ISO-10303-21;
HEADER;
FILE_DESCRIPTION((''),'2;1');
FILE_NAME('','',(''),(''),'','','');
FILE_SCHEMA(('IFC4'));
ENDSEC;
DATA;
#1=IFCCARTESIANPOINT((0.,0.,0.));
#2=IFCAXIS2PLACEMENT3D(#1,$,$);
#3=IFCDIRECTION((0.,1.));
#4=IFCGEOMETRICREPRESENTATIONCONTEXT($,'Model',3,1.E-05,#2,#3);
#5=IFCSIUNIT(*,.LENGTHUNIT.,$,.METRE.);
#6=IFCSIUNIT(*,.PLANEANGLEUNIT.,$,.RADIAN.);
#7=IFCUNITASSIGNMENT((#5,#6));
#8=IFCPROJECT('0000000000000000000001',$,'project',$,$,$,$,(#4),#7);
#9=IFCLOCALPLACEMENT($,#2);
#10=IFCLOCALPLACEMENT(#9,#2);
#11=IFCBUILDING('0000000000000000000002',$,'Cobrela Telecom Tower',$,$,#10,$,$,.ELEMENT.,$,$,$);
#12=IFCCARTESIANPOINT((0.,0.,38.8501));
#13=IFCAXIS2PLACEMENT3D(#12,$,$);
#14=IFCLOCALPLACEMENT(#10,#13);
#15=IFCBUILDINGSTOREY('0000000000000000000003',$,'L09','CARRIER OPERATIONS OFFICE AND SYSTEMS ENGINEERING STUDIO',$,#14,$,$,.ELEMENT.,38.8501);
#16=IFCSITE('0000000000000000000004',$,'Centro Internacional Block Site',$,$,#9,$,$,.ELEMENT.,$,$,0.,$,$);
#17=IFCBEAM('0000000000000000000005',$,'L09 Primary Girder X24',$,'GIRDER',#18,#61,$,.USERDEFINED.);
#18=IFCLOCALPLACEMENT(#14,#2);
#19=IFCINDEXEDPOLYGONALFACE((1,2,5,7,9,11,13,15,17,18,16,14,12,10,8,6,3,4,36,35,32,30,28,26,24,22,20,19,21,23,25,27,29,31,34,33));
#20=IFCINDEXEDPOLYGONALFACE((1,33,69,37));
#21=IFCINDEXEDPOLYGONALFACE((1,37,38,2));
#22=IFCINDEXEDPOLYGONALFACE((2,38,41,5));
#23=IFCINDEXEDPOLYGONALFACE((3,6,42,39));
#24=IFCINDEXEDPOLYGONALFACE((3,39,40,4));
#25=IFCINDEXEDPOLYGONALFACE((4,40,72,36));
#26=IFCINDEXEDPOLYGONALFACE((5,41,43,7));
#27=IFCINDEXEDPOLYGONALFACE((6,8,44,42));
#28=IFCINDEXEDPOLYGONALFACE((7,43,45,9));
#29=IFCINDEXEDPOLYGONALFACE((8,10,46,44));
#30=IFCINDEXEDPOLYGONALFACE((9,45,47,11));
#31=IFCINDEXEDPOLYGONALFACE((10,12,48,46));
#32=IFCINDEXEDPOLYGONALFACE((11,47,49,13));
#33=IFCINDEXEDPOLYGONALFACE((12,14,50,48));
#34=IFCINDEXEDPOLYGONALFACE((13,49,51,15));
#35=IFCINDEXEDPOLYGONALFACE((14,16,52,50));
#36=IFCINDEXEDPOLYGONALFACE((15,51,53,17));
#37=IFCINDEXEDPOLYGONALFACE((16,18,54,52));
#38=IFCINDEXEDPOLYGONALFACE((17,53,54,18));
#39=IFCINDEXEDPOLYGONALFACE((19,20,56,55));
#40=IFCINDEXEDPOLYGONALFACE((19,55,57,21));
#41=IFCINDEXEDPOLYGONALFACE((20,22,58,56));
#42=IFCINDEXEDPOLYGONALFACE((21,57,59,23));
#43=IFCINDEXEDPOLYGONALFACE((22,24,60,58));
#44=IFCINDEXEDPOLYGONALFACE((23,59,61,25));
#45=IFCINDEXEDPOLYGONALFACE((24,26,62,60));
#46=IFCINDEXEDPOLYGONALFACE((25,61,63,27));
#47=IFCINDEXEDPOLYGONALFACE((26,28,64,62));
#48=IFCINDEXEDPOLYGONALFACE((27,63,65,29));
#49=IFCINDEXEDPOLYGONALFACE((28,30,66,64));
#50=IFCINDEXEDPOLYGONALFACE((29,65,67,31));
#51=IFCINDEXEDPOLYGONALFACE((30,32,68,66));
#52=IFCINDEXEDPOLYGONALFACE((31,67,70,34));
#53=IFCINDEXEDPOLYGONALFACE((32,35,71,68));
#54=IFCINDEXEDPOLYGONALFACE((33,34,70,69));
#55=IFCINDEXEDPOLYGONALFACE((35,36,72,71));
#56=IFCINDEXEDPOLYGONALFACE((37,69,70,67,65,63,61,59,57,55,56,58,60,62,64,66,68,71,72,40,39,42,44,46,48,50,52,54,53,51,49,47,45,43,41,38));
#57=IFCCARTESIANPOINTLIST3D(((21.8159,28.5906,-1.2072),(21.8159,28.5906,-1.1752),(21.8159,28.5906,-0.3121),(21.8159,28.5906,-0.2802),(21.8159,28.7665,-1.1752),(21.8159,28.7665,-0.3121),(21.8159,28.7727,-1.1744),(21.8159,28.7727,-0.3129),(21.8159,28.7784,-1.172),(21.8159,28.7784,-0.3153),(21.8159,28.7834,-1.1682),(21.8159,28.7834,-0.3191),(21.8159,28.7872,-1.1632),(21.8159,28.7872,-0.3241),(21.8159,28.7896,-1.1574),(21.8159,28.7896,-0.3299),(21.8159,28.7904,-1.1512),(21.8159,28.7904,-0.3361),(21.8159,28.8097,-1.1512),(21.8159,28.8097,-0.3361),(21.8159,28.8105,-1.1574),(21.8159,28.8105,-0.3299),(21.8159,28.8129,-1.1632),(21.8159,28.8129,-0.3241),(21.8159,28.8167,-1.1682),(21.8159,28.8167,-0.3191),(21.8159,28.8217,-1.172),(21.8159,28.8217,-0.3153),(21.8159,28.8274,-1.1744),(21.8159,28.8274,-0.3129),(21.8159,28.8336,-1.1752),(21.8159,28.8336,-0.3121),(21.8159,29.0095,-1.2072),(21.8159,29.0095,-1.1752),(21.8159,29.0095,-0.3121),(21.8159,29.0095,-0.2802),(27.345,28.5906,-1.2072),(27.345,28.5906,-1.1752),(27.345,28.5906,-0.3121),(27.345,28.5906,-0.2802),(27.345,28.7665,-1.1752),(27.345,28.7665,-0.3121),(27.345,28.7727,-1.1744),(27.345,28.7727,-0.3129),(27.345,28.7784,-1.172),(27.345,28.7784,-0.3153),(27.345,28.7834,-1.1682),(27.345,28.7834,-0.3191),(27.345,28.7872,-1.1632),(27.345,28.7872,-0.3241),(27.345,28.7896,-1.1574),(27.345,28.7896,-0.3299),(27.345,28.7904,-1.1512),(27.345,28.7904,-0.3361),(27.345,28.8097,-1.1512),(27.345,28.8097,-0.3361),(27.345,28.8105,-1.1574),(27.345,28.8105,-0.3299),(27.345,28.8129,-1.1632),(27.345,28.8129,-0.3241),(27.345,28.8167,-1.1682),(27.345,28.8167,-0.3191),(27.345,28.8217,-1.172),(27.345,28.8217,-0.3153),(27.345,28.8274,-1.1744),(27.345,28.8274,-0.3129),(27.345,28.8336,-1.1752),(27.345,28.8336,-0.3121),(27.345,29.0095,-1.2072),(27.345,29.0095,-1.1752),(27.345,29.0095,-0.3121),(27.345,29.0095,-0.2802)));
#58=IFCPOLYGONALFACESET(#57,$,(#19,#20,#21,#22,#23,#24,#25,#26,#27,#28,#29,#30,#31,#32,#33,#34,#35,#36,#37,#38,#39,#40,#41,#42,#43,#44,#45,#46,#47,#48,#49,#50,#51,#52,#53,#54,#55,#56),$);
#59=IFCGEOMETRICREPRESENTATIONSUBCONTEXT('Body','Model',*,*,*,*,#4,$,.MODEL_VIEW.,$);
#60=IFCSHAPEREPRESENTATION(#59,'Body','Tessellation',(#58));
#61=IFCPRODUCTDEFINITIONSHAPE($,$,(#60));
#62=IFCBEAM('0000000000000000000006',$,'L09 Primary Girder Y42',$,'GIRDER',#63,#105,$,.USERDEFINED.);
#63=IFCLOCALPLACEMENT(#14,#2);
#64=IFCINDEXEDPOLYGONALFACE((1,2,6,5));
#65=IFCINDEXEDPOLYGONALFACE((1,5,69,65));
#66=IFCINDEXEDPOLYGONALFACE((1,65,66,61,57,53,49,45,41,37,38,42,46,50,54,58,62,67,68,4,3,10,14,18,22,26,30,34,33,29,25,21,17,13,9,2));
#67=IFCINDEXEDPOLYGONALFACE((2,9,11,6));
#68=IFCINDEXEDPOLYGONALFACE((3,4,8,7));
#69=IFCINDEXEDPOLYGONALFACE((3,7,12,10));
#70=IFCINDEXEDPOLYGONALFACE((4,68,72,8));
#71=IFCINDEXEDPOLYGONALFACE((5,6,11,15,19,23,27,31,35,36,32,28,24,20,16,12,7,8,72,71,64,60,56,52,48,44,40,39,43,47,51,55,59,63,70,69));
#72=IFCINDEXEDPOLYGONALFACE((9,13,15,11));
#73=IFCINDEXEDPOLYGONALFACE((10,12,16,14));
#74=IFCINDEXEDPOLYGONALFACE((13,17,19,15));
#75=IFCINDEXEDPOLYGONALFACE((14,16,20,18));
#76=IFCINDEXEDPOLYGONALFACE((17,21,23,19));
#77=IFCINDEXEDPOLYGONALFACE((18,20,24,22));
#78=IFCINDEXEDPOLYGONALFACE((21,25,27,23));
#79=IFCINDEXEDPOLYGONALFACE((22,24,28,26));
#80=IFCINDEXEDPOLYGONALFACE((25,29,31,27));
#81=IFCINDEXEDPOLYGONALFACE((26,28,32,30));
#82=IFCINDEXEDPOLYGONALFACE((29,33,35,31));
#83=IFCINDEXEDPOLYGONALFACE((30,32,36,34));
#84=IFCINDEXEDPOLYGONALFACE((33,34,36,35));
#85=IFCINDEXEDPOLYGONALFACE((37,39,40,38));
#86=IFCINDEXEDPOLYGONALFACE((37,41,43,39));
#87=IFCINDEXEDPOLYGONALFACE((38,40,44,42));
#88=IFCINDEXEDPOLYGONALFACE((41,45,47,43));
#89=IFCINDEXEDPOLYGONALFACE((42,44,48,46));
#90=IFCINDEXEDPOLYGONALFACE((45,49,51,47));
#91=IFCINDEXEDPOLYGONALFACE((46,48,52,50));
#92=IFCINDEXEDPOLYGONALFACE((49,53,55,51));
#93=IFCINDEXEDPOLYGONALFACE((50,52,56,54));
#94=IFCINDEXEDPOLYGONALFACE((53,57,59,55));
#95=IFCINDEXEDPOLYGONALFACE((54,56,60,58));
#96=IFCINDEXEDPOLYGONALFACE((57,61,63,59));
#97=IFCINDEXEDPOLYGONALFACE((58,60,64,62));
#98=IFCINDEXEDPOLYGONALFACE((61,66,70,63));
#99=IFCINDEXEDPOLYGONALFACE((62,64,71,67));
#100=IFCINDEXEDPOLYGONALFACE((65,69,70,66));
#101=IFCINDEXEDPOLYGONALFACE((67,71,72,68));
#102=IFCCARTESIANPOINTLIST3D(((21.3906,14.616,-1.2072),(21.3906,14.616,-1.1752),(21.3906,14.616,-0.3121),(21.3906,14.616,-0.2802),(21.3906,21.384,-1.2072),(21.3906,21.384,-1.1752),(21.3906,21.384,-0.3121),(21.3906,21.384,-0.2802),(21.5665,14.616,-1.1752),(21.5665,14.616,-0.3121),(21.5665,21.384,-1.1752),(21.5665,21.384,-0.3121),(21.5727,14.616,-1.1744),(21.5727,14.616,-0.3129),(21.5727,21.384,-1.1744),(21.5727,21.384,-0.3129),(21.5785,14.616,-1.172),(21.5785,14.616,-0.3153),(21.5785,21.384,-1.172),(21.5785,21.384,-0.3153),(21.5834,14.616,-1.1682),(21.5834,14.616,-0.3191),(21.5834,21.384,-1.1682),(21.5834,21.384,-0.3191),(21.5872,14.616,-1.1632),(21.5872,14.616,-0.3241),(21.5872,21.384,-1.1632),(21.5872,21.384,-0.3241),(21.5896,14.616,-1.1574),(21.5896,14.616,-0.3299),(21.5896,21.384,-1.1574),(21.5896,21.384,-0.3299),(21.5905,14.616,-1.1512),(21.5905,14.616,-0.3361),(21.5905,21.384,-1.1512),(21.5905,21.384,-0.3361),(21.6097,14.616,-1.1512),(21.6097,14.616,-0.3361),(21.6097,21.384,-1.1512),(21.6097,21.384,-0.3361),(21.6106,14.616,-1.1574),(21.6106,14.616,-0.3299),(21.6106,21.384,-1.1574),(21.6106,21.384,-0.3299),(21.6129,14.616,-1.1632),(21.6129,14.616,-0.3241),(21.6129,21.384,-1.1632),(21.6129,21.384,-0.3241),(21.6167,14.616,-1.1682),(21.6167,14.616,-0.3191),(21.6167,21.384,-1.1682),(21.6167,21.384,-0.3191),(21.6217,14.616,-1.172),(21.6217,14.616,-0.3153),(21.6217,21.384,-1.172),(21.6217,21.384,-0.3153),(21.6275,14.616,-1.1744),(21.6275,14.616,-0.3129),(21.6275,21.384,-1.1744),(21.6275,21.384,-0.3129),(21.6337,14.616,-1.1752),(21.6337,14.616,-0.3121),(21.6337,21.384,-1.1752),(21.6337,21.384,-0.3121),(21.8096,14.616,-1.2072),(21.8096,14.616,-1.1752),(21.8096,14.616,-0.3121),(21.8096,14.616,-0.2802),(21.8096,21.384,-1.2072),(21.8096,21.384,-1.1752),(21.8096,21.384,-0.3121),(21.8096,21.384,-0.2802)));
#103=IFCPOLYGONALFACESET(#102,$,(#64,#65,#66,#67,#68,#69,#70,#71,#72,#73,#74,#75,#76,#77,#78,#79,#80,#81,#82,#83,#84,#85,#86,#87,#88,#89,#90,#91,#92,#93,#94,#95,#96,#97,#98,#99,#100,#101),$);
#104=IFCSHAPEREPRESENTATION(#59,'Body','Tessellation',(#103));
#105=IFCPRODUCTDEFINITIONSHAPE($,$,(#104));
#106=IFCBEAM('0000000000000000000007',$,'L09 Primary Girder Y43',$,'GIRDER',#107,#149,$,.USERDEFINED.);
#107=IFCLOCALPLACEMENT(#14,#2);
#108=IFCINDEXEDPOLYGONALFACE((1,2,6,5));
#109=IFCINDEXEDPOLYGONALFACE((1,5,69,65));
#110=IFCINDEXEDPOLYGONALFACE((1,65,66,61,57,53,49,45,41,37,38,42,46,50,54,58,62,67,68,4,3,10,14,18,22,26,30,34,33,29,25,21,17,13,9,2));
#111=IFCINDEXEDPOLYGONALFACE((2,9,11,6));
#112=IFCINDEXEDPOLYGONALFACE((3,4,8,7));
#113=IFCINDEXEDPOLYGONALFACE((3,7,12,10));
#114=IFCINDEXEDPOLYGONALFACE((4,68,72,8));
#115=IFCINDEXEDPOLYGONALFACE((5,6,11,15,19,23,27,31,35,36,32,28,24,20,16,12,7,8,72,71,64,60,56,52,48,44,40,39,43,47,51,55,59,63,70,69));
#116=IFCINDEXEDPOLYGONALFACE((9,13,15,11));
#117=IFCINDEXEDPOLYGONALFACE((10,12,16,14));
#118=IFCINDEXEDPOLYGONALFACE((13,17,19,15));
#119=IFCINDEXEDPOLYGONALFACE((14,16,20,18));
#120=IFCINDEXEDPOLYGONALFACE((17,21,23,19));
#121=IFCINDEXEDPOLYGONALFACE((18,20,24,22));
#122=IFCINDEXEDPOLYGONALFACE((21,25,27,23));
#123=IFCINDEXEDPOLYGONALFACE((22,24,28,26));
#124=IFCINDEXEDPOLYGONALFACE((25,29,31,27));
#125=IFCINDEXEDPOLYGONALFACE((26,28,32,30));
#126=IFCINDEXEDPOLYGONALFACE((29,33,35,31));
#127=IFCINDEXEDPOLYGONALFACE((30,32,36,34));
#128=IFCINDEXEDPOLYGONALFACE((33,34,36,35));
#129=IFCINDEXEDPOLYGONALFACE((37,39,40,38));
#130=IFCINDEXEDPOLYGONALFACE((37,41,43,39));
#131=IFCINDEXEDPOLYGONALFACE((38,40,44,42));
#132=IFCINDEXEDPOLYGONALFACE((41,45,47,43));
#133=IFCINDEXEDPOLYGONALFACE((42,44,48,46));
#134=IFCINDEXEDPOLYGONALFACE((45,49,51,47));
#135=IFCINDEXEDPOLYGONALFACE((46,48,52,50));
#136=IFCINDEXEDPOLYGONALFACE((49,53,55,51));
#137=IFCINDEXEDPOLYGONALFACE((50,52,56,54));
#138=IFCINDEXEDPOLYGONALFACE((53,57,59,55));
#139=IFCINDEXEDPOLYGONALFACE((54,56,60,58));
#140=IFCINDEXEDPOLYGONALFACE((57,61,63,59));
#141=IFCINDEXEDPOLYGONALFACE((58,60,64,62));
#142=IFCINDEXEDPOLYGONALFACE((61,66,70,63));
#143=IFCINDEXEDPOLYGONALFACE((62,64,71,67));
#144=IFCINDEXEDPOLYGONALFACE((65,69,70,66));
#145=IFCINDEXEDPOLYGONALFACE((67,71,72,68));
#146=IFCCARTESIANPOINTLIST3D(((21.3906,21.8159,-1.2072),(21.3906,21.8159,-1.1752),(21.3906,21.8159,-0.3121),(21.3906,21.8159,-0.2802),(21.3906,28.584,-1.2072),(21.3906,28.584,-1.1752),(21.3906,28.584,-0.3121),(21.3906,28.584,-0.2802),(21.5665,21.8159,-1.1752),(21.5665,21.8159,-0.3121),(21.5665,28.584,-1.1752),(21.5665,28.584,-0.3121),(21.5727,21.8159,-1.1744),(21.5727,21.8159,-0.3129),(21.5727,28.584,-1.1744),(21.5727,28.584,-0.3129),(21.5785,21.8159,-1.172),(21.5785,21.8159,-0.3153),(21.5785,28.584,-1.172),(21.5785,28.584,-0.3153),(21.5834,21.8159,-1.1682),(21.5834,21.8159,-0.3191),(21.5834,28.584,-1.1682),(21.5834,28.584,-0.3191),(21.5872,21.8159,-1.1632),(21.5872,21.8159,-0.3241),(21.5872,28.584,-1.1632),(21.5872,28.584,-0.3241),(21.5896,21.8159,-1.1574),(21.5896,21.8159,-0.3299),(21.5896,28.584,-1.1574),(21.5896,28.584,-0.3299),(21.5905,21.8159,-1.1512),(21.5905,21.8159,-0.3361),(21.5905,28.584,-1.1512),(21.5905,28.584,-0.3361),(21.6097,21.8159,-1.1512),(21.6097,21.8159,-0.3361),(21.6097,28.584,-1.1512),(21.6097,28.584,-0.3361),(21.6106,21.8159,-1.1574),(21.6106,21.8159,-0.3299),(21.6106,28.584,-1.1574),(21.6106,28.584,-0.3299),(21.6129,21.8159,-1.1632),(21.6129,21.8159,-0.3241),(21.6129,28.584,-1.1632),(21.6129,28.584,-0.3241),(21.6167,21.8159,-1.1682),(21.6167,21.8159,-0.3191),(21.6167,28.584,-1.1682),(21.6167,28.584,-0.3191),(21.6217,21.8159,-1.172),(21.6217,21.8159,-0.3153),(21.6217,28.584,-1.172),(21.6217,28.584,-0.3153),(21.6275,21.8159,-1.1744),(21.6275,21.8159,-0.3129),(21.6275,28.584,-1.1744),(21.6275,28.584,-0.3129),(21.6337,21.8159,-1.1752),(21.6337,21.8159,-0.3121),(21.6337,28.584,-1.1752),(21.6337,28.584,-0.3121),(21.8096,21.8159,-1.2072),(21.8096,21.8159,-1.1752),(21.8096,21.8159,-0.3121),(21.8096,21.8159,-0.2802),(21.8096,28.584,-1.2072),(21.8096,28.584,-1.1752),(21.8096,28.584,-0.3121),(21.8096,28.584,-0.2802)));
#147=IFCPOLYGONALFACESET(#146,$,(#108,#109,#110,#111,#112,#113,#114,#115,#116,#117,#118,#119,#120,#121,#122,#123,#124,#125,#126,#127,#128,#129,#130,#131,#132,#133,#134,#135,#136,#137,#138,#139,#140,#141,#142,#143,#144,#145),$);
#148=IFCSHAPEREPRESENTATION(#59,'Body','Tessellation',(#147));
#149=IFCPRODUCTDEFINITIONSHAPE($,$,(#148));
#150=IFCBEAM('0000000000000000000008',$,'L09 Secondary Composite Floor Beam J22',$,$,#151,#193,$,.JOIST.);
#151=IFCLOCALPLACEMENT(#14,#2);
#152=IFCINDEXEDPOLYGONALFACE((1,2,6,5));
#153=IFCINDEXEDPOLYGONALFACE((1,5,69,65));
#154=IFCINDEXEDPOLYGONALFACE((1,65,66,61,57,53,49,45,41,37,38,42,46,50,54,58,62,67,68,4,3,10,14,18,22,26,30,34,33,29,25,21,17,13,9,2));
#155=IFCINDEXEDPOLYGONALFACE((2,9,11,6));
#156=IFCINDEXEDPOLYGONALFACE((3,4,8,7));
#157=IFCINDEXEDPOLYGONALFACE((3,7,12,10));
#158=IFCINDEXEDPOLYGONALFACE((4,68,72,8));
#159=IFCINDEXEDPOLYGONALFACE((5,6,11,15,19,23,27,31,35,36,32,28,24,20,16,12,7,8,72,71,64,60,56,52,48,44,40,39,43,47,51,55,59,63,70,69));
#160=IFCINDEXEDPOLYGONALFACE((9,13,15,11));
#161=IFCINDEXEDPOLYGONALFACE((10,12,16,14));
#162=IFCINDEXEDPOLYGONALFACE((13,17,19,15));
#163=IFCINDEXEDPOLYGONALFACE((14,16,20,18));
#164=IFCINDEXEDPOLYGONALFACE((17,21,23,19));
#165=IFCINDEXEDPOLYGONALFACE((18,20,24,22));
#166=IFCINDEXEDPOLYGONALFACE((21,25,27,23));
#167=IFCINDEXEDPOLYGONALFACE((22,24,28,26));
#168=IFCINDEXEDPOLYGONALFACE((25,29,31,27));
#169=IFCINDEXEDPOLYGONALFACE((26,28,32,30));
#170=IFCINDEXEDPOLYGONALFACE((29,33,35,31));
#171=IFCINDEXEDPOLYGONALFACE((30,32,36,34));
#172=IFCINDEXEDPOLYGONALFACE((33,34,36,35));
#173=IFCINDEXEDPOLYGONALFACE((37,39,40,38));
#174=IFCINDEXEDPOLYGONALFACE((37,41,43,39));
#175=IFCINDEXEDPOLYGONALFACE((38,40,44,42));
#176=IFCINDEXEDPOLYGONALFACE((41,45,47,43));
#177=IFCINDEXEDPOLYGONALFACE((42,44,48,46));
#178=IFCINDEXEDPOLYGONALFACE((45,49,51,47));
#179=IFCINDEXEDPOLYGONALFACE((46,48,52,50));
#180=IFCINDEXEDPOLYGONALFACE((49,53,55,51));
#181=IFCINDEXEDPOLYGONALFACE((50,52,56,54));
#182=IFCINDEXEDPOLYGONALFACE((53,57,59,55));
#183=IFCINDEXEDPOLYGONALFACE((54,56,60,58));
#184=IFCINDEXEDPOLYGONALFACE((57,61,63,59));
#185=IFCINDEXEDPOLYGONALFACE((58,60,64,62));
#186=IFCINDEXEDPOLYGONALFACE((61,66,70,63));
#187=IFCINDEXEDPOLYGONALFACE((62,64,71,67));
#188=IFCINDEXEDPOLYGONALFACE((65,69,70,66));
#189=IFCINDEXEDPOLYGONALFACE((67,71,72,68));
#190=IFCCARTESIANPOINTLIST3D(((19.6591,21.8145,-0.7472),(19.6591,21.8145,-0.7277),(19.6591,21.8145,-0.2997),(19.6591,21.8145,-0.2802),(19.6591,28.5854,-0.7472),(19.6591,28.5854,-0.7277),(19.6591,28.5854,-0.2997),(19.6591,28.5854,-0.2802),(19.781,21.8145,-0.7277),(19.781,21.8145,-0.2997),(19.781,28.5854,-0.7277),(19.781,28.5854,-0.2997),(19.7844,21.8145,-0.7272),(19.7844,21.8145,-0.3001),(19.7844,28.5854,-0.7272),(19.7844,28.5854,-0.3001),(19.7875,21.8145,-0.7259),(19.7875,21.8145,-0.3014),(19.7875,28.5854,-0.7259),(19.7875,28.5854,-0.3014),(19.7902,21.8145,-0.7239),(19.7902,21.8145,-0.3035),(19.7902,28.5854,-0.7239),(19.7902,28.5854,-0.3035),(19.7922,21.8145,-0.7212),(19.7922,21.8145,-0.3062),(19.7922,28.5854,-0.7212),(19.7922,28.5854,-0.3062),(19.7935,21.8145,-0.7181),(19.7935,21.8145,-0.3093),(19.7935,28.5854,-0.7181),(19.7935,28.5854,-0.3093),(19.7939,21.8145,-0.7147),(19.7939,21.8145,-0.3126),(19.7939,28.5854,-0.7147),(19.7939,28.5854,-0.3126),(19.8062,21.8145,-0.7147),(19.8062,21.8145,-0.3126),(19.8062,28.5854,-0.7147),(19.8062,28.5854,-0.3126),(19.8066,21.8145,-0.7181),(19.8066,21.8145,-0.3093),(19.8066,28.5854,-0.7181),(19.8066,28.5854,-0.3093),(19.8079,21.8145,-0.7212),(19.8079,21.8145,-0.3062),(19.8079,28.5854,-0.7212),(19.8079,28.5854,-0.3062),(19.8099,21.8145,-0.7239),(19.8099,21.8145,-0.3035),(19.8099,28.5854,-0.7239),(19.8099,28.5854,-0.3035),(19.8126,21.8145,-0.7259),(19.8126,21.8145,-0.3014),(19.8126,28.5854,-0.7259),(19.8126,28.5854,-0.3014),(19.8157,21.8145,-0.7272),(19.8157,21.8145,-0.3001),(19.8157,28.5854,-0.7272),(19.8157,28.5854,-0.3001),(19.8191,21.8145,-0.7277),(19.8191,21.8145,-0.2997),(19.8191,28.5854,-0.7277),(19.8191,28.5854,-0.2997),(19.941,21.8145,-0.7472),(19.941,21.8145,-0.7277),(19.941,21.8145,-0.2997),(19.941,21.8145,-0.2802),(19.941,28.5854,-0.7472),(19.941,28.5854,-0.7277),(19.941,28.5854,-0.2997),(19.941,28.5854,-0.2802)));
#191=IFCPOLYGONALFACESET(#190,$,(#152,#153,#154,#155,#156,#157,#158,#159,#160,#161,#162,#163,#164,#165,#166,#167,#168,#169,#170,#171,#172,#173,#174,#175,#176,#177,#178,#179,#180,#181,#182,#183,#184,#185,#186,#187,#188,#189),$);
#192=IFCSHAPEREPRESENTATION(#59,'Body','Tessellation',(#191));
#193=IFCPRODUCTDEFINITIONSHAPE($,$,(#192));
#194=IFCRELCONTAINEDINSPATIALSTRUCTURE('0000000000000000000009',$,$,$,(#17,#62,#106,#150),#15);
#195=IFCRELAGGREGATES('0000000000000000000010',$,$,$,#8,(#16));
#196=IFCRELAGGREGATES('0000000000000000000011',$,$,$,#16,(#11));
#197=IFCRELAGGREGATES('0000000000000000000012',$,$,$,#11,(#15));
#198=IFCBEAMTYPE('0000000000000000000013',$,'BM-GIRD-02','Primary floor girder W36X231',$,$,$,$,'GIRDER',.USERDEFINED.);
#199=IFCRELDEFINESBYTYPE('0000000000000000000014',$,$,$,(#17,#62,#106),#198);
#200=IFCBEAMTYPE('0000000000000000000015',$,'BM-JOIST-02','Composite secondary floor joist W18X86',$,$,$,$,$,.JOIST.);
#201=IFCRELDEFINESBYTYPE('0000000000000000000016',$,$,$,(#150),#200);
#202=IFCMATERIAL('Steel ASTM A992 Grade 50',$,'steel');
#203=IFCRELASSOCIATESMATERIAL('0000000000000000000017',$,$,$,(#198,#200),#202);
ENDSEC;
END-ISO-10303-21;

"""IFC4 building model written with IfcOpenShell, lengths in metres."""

from ifc_helpers import new_model, si_unit, direction, frame, origin, origin_2d, place, context, subcontext, project, spatial, i_section, extrude, material, material_profile, profile_set, type_object, element, save


model = new_model("IFC4")

# Units and contexts
model_context = context("Model", 3, precision=1e-05, world=origin(), true_north=direction((0.0, 1.0)))
body_context = subcontext(model_context, "Body", "Model", "MODEL_VIEW")
ifc_project = project(units=[si_unit("LENGTHUNIT", "METRE"), si_unit("PLANEANGLEUNIT", "RADIAN")], contexts=[model_context])

# Site, building, storey
site_placement = place(None, origin())
site = spatial("IfcSite", under=ifc_project, at=site_placement, Name="Centro Internacional Block Site", CompositionType="ELEMENT", RefElevation=0.0)
building_placement = place(site_placement, origin())
building = spatial("IfcBuilding", under=site, at=building_placement, Name="Cobrela Telecom Tower", CompositionType="ELEMENT")
storey_placement = place(building_placement, frame((0.0, 0.0, 38.8501)))
storey = spatial("IfcBuildingStorey", under=building, at=storey_placement, Name="L09", Description="CARRIER OPERATIONS OFFICE AND SYSTEMS ENGINEERING STUDIO", CompositionType="ELEMENT", Elevation=38.8501)

# Shared definitions
ifc_material_1 = material(Name="Steel ASTM A992 Grade 50", Category="steel")

# Beams
ifc_material_profile_1 = material_profile(ifc_material_1, i_section(OverallWidth=0.4189, OverallDepth=0.927, WebThickness=0.0193, FlangeThickness=0.032, FilletRadius=0.0239, at=origin_2d()), Name="W36X231")
ifc_profile_set_1 = profile_set([ifc_material_profile_1], Name="Steel ASTM A992 Grade 50")
beam_type_1 = type_object("IfcBeamType", Name="BM-GIRD-02", Description="Primary floor girder W36X231", ElementType="GIRDER", PredefinedType="USERDEFINED", material=ifc_profile_set_1)
beam_1_placement = place(storey_placement, frame((21.8159, 28.8, -0.7437), z_axis=(1.0, 0.0, 0.0), x_axis=(0.0, 1.0, 0.0)))
element("IfcBeam", 1, at=beam_1_placement, inside=storey, type_object=beam_type_1, Name="L09 Primary Girder X24", ObjectType="GIRDER", PredefinedType="USERDEFINED", context=body_context, shape_type="SweptSolid", body=[
    extrude(i_section(OverallWidth=0.4189, OverallDepth=0.927, WebThickness=0.0193, FlangeThickness=0.032, FilletRadius=0.0239, at=origin_2d()), origin(), (0.0, 0.0, 1.0), 5.5291),
])
for number, where, z_axis, x_axis, name in (
    (2, (21.6001, 14.616, -0.7437), (0.0, 1.0, 0.0), (-1.0, 0.0, 0.0), "L09 Primary Girder Y42"),
    (3, (21.6001, 21.8159, -0.7437), (0.0, 1.0, 0.0), (-1.0, 0.0, 0.0), "L09 Primary Girder Y43"),
):
    element("IfcBeam", number, at=place(storey_placement, frame(where, z_axis=z_axis, x_axis=x_axis)), inside=storey, type_object=beam_type_1, Name=name, ObjectType="GIRDER", PredefinedType="USERDEFINED", context=body_context, shape_type="SweptSolid", body=[
        extrude(i_section(OverallWidth=0.4189, OverallDepth=0.927, WebThickness=0.0193, FlangeThickness=0.032, FilletRadius=0.0239, at=origin_2d()), origin(), (0.0, 0.0, 1.0), 6.7681),
    ])
ifc_material_profile_2 = material_profile(ifc_material_1, i_section(OverallWidth=0.282, OverallDepth=0.467, WebThickness=0.0122, FlangeThickness=0.0195, FilletRadius=0.0129, at=origin_2d()), Name="W18X86")
ifc_profile_set_2 = profile_set([ifc_material_profile_2], Name="Steel ASTM A992 Grade 50")
beam_type_2 = type_object("IfcBeamType", Name="BM-JOIST-02", Description="Composite secondary floor joist W18X86", PredefinedType="JOIST", material=ifc_profile_set_2)
for number, where, z_axis, x_axis, name in (
    (4, (19.8, 21.8145, -0.5137), (0.0, 1.0, 0.0), (-1.0, 0.0, 0.0), "L09 Secondary Composite Floor Beam J22"),
):
    element("IfcBeam", number, at=place(storey_placement, frame(where, z_axis=z_axis, x_axis=x_axis)), inside=storey, type_object=beam_type_2, Name=name, PredefinedType="JOIST", context=body_context, shape_type="SweptSolid", body=[
        extrude(i_section(OverallWidth=0.282, OverallDepth=0.467, WebThickness=0.0122, FlangeThickness=0.0195, FilletRadius=0.0129, at=origin_2d()), origin(), (0.0, 0.0, 1.0), 6.771),
    ])

save(model, "model.ifc")
